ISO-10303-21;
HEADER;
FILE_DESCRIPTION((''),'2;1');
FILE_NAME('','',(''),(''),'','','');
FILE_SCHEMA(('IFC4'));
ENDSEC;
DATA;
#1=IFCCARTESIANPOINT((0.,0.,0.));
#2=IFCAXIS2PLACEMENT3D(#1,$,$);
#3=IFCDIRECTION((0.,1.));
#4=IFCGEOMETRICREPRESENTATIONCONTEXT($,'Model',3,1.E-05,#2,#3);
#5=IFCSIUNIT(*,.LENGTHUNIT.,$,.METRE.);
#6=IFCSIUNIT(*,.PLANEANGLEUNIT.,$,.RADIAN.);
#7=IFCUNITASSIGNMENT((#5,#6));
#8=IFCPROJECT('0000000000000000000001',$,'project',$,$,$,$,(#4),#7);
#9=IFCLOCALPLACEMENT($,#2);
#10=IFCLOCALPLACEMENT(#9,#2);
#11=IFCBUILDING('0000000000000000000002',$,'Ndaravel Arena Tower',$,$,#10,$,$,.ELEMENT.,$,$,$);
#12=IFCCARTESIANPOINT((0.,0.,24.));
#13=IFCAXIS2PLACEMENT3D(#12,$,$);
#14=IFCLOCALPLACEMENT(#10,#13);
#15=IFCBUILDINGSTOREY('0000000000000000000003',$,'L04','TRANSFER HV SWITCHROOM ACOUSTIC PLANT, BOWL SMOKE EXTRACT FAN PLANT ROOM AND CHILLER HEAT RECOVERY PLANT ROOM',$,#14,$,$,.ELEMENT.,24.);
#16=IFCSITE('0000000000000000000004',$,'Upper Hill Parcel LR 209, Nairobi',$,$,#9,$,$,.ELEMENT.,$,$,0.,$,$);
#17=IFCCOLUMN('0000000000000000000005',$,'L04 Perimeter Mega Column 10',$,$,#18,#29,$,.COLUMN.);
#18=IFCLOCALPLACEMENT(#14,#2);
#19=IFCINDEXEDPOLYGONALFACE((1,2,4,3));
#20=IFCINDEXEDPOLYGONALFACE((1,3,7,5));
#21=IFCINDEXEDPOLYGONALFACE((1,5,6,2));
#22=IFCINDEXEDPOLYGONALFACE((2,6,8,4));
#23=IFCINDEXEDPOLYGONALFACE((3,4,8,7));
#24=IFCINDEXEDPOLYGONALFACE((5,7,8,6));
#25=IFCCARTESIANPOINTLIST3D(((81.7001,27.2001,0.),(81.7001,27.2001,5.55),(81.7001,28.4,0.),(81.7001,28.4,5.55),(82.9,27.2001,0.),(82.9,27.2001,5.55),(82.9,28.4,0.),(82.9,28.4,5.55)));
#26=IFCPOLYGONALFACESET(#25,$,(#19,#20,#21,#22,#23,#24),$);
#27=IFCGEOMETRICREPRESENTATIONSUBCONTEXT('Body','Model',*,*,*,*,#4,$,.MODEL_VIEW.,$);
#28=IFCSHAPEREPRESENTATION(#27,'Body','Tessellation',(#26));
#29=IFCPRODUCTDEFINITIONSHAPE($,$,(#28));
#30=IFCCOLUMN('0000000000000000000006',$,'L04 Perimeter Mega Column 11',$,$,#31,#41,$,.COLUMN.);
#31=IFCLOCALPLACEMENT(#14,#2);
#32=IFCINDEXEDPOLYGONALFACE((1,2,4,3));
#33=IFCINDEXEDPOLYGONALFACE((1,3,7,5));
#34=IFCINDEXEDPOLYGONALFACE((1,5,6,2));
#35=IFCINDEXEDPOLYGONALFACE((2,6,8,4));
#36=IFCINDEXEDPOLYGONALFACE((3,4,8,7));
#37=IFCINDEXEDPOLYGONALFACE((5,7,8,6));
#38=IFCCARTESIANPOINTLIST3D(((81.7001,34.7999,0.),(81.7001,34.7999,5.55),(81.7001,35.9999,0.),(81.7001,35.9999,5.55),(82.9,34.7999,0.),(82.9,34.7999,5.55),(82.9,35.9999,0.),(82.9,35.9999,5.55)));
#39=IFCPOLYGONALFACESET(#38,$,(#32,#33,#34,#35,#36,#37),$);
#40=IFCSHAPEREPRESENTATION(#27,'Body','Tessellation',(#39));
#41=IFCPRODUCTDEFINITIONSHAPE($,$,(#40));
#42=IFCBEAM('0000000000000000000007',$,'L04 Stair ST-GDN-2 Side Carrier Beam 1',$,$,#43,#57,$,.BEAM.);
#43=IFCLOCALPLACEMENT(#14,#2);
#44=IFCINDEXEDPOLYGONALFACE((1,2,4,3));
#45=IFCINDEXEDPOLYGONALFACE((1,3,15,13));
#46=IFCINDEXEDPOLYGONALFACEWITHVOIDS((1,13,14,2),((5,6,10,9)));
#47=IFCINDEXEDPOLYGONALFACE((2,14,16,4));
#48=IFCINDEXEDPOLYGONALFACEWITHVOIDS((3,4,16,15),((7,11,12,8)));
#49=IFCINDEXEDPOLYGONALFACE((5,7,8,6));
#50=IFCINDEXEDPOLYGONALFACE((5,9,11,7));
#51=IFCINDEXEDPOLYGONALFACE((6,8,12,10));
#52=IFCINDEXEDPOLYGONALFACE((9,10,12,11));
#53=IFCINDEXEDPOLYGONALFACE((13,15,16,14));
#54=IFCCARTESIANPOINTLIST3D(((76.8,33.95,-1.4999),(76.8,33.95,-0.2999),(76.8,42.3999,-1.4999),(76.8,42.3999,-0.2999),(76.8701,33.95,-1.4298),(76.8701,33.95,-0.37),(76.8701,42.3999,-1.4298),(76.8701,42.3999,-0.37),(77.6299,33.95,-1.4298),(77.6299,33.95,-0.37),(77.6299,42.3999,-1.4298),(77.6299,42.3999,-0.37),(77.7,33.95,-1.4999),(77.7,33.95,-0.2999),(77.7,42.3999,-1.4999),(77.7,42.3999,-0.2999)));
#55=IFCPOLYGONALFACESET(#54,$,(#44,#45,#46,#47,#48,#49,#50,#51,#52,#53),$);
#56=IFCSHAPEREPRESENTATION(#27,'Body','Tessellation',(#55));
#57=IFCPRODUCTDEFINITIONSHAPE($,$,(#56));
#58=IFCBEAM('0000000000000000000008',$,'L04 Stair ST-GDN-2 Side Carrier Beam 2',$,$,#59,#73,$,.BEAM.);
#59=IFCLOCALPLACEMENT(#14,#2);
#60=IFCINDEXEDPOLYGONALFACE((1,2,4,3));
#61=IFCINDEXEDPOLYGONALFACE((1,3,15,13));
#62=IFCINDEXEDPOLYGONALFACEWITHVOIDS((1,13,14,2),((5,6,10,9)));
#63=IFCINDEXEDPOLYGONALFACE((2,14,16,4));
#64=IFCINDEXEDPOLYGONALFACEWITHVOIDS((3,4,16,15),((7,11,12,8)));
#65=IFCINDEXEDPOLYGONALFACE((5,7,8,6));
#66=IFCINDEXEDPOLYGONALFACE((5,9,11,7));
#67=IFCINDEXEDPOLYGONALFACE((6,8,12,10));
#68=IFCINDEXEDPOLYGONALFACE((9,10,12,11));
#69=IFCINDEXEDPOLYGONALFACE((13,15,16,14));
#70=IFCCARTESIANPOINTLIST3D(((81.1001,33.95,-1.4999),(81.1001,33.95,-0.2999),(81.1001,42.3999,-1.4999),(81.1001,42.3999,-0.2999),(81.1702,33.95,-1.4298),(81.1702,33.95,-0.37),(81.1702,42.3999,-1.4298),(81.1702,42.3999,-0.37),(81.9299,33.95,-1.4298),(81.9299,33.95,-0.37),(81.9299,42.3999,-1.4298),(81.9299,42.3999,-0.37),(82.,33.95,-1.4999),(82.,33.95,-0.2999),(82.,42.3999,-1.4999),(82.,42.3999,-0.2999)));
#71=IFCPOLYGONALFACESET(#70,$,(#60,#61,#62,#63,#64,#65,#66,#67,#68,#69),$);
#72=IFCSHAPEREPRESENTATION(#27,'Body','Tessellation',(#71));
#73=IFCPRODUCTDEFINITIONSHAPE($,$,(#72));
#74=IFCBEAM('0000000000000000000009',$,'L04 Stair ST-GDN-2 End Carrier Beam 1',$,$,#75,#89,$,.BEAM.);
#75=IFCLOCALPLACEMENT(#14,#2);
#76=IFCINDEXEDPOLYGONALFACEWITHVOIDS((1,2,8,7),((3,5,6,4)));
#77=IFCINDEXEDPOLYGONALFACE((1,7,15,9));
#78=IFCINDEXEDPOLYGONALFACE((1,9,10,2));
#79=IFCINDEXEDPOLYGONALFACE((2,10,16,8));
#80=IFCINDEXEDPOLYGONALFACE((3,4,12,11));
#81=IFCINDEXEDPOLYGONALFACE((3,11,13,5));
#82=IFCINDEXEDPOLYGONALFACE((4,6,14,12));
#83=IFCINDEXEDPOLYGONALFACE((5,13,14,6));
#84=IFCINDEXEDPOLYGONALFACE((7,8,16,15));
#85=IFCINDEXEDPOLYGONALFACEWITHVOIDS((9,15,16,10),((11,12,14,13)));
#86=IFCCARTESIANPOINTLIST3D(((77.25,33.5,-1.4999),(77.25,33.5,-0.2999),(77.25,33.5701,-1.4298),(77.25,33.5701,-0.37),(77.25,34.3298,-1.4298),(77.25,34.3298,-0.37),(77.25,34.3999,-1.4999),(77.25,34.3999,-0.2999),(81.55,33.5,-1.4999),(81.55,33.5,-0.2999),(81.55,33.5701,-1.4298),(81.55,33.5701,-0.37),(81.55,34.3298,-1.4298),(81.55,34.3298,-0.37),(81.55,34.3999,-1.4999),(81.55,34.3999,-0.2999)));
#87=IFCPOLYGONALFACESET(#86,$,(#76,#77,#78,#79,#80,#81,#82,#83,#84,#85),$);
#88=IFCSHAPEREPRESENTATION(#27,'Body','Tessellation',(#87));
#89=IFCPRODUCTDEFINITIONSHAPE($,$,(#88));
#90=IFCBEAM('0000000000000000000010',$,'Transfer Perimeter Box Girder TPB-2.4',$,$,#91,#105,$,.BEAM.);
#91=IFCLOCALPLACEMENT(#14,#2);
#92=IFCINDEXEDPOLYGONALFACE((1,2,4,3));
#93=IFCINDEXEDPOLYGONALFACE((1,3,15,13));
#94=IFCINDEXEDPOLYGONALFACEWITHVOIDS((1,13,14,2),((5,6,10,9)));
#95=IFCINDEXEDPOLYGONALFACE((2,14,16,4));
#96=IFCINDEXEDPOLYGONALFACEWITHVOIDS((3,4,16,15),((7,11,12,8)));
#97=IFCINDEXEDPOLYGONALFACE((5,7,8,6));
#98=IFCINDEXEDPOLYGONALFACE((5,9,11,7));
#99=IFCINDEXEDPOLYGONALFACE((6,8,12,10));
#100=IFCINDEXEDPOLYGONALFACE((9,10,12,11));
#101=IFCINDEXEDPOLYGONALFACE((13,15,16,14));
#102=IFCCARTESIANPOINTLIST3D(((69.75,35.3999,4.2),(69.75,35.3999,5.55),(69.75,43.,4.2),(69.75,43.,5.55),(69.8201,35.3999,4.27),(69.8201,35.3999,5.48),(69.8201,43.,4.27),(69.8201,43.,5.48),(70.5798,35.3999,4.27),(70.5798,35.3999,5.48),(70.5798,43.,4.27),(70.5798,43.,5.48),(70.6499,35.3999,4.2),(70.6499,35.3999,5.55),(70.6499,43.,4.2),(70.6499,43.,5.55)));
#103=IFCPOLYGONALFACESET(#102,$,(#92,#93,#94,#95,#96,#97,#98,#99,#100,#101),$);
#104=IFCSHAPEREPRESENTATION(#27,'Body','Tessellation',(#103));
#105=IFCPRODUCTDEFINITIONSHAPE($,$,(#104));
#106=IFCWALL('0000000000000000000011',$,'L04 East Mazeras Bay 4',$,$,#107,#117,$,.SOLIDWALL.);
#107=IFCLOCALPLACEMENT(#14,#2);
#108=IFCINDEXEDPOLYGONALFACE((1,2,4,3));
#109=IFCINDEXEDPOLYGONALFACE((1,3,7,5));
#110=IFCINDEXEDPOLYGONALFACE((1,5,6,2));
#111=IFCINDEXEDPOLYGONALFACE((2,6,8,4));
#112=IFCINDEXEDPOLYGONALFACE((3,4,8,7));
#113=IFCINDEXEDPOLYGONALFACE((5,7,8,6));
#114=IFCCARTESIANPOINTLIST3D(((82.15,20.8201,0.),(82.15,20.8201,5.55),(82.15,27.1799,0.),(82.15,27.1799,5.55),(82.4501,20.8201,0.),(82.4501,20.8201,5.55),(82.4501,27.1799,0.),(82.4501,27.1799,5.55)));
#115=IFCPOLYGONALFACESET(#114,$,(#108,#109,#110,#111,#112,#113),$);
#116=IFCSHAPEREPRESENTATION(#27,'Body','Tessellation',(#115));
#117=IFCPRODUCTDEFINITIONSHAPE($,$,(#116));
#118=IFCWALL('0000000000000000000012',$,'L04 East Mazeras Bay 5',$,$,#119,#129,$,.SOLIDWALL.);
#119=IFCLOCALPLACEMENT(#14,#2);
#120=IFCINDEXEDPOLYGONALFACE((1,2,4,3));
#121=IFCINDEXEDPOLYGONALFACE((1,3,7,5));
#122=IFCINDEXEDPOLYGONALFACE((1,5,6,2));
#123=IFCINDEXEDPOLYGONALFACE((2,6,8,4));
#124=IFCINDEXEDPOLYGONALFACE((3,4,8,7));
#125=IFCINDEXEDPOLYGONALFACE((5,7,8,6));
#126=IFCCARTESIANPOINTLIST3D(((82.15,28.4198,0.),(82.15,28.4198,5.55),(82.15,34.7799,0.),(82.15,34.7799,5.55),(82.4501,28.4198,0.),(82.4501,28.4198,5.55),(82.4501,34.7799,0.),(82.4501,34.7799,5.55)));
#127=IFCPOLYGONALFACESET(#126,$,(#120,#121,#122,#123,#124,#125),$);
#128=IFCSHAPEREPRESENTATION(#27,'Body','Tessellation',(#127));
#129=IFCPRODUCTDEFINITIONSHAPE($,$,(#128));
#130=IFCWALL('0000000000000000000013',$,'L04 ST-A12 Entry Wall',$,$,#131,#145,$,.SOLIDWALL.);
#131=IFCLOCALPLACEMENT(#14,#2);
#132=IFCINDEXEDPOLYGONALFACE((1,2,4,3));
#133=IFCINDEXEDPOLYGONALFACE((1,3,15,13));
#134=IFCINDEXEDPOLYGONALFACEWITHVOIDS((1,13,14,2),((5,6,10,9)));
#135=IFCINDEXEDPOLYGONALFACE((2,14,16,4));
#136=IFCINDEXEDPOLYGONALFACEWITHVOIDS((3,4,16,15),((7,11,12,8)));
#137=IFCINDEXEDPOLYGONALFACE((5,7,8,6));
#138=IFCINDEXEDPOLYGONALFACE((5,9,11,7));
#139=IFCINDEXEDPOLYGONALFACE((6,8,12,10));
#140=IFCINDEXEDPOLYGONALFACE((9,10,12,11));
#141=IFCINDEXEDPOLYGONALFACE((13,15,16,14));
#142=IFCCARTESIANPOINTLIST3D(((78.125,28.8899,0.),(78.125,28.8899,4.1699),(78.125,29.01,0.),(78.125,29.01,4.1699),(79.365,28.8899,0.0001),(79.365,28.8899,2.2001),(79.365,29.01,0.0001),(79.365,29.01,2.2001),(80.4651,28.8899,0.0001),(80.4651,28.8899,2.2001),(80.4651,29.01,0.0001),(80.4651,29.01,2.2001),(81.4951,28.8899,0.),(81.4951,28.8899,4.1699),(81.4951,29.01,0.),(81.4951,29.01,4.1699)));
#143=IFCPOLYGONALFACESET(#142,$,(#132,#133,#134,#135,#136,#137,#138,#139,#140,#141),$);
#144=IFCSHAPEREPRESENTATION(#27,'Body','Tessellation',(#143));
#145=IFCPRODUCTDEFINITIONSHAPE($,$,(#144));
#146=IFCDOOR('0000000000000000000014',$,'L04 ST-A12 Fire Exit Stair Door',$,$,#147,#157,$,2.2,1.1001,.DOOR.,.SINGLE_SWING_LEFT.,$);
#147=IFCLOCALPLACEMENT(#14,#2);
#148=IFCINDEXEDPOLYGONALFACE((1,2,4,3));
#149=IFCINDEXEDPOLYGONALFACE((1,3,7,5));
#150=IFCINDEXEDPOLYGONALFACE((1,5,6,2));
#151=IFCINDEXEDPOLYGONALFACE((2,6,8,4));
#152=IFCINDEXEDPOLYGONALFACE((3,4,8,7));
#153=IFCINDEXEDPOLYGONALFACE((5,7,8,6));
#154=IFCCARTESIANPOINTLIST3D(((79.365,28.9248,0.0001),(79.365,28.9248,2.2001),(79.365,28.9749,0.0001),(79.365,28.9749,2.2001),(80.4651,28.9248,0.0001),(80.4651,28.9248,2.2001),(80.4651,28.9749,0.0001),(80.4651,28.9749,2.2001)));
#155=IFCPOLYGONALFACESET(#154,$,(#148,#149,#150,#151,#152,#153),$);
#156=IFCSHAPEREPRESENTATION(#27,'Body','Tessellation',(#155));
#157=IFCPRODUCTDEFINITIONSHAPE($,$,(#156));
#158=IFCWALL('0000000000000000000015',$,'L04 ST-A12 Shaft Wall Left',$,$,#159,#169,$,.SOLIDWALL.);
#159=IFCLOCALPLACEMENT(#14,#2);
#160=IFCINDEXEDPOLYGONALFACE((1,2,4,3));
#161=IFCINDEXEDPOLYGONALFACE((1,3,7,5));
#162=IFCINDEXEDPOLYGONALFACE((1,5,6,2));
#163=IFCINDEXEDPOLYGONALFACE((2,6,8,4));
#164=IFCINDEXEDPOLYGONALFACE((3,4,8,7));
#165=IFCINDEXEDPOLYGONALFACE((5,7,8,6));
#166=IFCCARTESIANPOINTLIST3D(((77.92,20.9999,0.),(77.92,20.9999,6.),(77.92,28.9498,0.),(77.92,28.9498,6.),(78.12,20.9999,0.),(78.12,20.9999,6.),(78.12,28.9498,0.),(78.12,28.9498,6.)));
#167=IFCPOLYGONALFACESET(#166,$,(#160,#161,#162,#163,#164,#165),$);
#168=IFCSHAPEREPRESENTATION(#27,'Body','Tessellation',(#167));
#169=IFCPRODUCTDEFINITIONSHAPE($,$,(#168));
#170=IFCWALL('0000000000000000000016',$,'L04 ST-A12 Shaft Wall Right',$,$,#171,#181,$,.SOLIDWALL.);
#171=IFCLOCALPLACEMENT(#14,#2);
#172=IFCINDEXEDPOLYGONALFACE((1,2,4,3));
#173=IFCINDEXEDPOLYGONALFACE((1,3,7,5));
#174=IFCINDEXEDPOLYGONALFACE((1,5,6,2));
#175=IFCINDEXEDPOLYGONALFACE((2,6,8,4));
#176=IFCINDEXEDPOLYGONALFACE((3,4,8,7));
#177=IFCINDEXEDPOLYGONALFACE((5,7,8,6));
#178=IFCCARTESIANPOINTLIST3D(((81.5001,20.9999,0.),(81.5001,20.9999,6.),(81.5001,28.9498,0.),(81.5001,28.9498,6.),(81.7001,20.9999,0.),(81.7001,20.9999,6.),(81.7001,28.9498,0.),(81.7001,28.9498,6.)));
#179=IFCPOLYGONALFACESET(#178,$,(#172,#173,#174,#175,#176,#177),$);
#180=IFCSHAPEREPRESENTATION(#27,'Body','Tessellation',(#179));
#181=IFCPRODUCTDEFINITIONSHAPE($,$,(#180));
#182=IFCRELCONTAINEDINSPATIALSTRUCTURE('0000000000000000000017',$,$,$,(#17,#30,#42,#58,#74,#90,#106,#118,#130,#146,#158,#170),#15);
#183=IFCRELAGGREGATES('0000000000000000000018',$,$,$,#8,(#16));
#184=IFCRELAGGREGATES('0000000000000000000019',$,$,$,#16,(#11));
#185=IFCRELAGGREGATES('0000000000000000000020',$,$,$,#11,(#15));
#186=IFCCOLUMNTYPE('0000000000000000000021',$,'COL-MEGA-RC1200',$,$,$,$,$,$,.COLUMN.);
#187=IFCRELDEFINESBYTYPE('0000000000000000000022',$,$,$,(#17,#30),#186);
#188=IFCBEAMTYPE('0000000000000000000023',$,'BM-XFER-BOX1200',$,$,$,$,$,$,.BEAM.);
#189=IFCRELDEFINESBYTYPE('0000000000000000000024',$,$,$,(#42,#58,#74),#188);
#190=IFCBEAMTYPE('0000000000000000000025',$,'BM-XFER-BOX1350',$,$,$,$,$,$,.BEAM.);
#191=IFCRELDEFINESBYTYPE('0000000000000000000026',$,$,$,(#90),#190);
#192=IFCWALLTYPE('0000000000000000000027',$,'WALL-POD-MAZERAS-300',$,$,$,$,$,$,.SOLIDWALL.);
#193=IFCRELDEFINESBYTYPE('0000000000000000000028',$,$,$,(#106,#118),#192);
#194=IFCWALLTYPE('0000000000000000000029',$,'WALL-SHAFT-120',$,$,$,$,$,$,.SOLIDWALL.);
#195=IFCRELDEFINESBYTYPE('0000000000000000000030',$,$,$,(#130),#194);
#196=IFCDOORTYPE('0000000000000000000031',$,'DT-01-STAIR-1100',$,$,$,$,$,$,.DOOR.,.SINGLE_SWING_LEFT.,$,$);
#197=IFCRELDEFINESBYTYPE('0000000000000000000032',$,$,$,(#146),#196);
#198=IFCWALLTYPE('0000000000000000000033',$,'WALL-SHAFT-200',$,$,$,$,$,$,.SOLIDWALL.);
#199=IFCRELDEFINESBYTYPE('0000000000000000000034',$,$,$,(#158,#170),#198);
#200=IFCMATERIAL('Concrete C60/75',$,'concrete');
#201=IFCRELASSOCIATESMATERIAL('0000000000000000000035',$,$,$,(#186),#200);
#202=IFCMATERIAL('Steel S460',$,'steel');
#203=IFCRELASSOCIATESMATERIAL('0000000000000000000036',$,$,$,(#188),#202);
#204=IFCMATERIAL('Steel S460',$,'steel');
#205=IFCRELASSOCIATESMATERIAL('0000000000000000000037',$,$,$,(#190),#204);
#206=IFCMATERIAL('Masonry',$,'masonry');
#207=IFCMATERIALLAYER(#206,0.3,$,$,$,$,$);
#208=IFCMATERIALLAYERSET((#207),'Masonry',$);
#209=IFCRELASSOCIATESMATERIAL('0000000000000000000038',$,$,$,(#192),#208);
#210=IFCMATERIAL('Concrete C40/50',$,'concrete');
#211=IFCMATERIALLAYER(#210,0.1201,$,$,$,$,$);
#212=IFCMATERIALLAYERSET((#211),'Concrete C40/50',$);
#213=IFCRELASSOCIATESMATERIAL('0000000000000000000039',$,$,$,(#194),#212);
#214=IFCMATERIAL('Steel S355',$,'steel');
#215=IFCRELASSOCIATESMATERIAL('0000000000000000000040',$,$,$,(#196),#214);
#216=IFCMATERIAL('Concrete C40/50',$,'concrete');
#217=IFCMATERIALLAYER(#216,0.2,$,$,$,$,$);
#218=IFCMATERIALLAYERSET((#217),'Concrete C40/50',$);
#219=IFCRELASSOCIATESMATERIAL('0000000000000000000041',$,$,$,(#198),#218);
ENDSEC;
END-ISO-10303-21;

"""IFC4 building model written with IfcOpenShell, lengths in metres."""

from ifc_helpers import new_model, si_unit, direction, frame, frame_2d, origin, origin_2d, place, context, subcontext, project, spatial, rectangle, hollow_rectangle, extrude, material, layer, layer_set, material_profile, profile_set, type_object, element, fill, save


model = new_model("IFC4")

# Units and contexts
model_context = context("Model", 3, precision=1e-05, world=origin(), true_north=direction((0.0, 1.0)))
body_context = subcontext(model_context, "Body", "Model", "MODEL_VIEW")
ifc_project = project(units=[si_unit("LENGTHUNIT", "METRE"), si_unit("PLANEANGLEUNIT", "RADIAN")], contexts=[model_context])

# Site, building, storey
site_placement = place(None, origin())
site = spatial("IfcSite", under=ifc_project, at=site_placement, Name="Upper Hill Parcel LR 209, Nairobi", CompositionType="ELEMENT", RefElevation=0.0)
building_placement = place(site_placement, origin())
building = spatial("IfcBuilding", under=site, at=building_placement, Name="Ndaravel Arena Tower", CompositionType="ELEMENT")
storey_placement = place(building_placement, frame((0.0, 0.0, 24.0)))
storey = spatial("IfcBuildingStorey", under=building, at=storey_placement, Name="L04", Description="TRANSFER HV SWITCHROOM ACOUSTIC PLANT, BOWL SMOKE EXTRACT FAN PLANT ROOM AND CHILLER HEAT RECOVERY PLANT ROOM", CompositionType="ELEMENT", Elevation=24.0)

# Columns
ifc_material_1 = material(Name="Concrete C60/75", Category="concrete")
ifc_material_profile_1 = material_profile(ifc_material_1, rectangle(XDim=1.2, YDim=1.2, at=origin_2d()), Name="RC 1200x1200")
ifc_profile_set_1 = profile_set([ifc_material_profile_1], Name="Concrete C60/75")
column_type = type_object("IfcColumnType", Name="COL-MEGA-RC1200", PredefinedType="COLUMN", material=ifc_profile_set_1)
for number, where, z_axis, x_axis, name in (
    (1, (82.3, 27.8, 0.0), (0.0, 0.0, 1.0), (1.0, 0.0, 0.0), "L04 Perimeter Mega Column 10"),
    (2, (82.3, 35.3999, 0.0), (0.0, 0.0, 1.0), (1.0, 0.0, 0.0), "L04 Perimeter Mega Column 11"),
):
    element("IfcColumn", number, at=place(storey_placement, frame(where, z_axis=z_axis, x_axis=x_axis)), inside=storey, type_object=column_type, Name=name, PredefinedType="COLUMN", context=body_context, shape_type="SweptSolid", body=[
        extrude(rectangle(XDim=1.2, YDim=1.2, at=origin_2d()), origin(), (0.0, 0.0, 1.0), 5.55),
    ])

# Beams
ifc_material_2 = material(Name="Steel S460", Category="steel")
ifc_material_profile_2 = material_profile(ifc_material_2, hollow_rectangle(XDim=0.8999, YDim=1.2, WallThickness=0.0701, at=origin_2d()), Name="BOX 1200x900x70")
ifc_profile_set_2 = profile_set([ifc_material_profile_2], Name="Steel S460")
beam_type_1 = type_object("IfcBeamType", Name="BM-XFER-BOX1200", PredefinedType="BEAM", material=ifc_profile_set_2)
for number, where, z_axis, x_axis, name in (
    (3, (77.25, 33.95, -0.8999), (0.0, 1.0, 0.0), (-1.0, 0.0, 0.0), "L04 Stair ST-GDN-2 Side Carrier Beam 1"),
    (4, (81.55, 33.95, -0.8999), (0.0, 1.0, 0.0), (-1.0, 0.0, 0.0), "L04 Stair ST-GDN-2 Side Carrier Beam 2"),
):
    element("IfcBeam", number, at=place(storey_placement, frame(where, z_axis=z_axis, x_axis=x_axis)), inside=storey, type_object=beam_type_1, Name=name, PredefinedType="BEAM", context=body_context, shape_type="SweptSolid", body=[
        extrude(hollow_rectangle(XDim=0.8999, YDim=1.2, WallThickness=0.0701, at=origin_2d()), origin(), (0.0, 0.0, 1.0), 8.45),
    ])
beam_1_placement = place(storey_placement, frame((77.25, 33.95, -0.8999), z_axis=(1.0, 0.0, 0.0), x_axis=(0.0, 1.0, 0.0)))
element("IfcBeam", 5, at=beam_1_placement, inside=storey, type_object=beam_type_1, Name="L04 Stair ST-GDN-2 End Carrier Beam 1", PredefinedType="BEAM", context=body_context, shape_type="SweptSolid", body=[
    extrude(hollow_rectangle(XDim=0.8999, YDim=1.2, WallThickness=0.0701, at=origin_2d()), origin(), (0.0, 0.0, 1.0), 4.3),
])
ifc_material_3 = material(Name="Steel S460", Category="steel")
ifc_material_profile_3 = material_profile(ifc_material_3, hollow_rectangle(XDim=0.8999, YDim=1.3501, WallThickness=0.0701, at=origin_2d()), Name="BOX 1350x900x70")
ifc_profile_set_3 = profile_set([ifc_material_profile_3], Name="Steel S460")
beam_type_2 = type_object("IfcBeamType", Name="BM-XFER-BOX1350", PredefinedType="BEAM", material=ifc_profile_set_3)
beam_2_placement = place(storey_placement, frame((70.2, 35.3999, 4.875), z_axis=(0.0, 1.0, 0.0), x_axis=(-1.0, 0.0, 0.0)))
element("IfcBeam", 6, at=beam_2_placement, inside=storey, type_object=beam_type_2, Name="Transfer Perimeter Box Girder TPB-2.4", PredefinedType="BEAM", context=body_context, shape_type="SweptSolid", body=[
    extrude(hollow_rectangle(XDim=0.8999, YDim=1.3501, WallThickness=0.0701, at=origin_2d()), origin(), (0.0, 0.0, 1.0), 7.6001),
])

# Walls
ifc_material_4 = material(Name="Masonry", Category="masonry")
ifc_layer_1 = layer(ifc_material_4, 0.3)
ifc_layer_set_1 = layer_set([ifc_layer_1], Name="Masonry")
wall_type_1 = type_object("IfcWallType", Name="WALL-POD-MAZERAS-300", PredefinedType="SOLIDWALL", material=ifc_layer_set_1)
wall_1_placement = place(storey_placement, frame((82.3, 27.1799, 0.0), z_axis=(0.0, 0.0, 1.0), x_axis=(0.0, -1.0, 0.0)))
element("IfcWall", 7, at=wall_1_placement, inside=storey, type_object=wall_type_1, Name="L04 East Mazeras Bay 4", PredefinedType="SOLIDWALL", context=body_context, shape_type="SweptSolid", body=[
    extrude(rectangle(XDim=6.3599, YDim=0.3, at=frame_2d((3.1799, 0.0))), origin(), (0.0, 0.0, 1.0), 5.55),
])
wall_2_placement = place(storey_placement, frame((82.3, 34.78, 0.0), z_axis=(0.0, 0.0, 1.0), x_axis=(0.0, -1.0, 0.0)))
element("IfcWall", 8, at=wall_2_placement, inside=storey, type_object=wall_type_1, Name="L04 East Mazeras Bay 5", PredefinedType="SOLIDWALL", context=body_context, shape_type="SweptSolid", body=[
    extrude(rectangle(XDim=6.3601, YDim=0.3, at=frame_2d((3.1802, 0.0))), origin(), (0.0, 0.0, 1.0), 5.55),
])

# Wall, opening, door
ifc_material_5 = material(Name="Concrete C40/50", Category="concrete")
ifc_layer_2 = layer(ifc_material_5, 0.1201)
ifc_layer_set_2 = layer_set([ifc_layer_2], Name="Concrete C40/50")
wall_type_2 = type_object("IfcWallType", Name="WALL-SHAFT-120", PredefinedType="SOLIDWALL", material=ifc_layer_set_2)
wall_3_placement = place(storey_placement, frame((78.125, 28.95, 0.0), z_axis=(0.0, 0.0, 1.0), x_axis=(1.0, 0.0, 0.0)))
wall_3 = element("IfcWall", 9, at=wall_3_placement, inside=storey, type_object=wall_type_2, Name="L04 ST-A12 Entry Wall", PredefinedType="SOLIDWALL", context=body_context, shape_type="SweptSolid", body=[
    extrude(rectangle(XDim=3.3701, YDim=0.1201, at=frame_2d((1.6851, 0.0))), origin(), (0.0, 0.0, 1.0), 4.1699),
])
opening_placement = place(wall_3_placement, frame((1.24, 0.0, 0.0)))
opening = element("IfcOpeningElement", 10, at=opening_placement, cuts=wall_3, PredefinedType="OPENING", context=body_context, shape_type="SweptSolid", body=[
    extrude(rectangle(XDim=1.1001, YDim=2.2, at=frame_2d((0.55, 1.1001))), frame((0.0, 0.0601, 0.0), z_axis=(0.0, -1.0, 0.0), x_axis=(1.0, 0.0, 0.0)), (0.0, 0.0, 1.0), 0.1201),
])
ifc_material_6 = material(Name="Steel S355", Category="steel")
door_type = type_object("IfcDoorType", Name="DT-01-STAIR-1100", OperationType="SINGLE_SWING_LEFT", PredefinedType="DOOR", material=ifc_material_6)
door_placement = place(opening_placement, origin())
door = element("IfcDoor", 11, at=door_placement, inside=storey, type_object=door_type, Name="L04 ST-A12 Fire Exit Stair Door", OperationType="SINGLE_SWING_LEFT", OverallHeight=2.2, OverallWidth=1.1001, PredefinedType="DOOR", context=body_context, shape_type="SweptSolid", body=[
    extrude(rectangle(XDim=1.1001, YDim=2.2, at=frame_2d((0.55, 1.1001))), frame((0.0, 0.0249, 0.0), z_axis=(0.0, -1.0, 0.0), x_axis=(1.0, 0.0, 0.0)), (0.0, 0.0, 1.0), 0.05),
])
fill(opening, door)

# Walls
ifc_material_7 = material(Name="Concrete C40/50", Category="concrete")
ifc_layer_3 = layer(ifc_material_7, 0.2)
ifc_layer_set_3 = layer_set([ifc_layer_3], Name="Concrete C40/50")
wall_type_3 = type_object("IfcWallType", Name="WALL-SHAFT-200", PredefinedType="SOLIDWALL", material=ifc_layer_set_3)
for number, where, z_axis, x_axis, name in (
    (12, (78.02, 28.95, 0.0), (0.0, 0.0, 1.0), (0.0, -1.0, 0.0), "L04 ST-A12 Shaft Wall Left"),
    (13, (81.6001, 28.95, 0.0), (0.0, 0.0, 1.0), (0.0, -1.0, 0.0), "L04 ST-A12 Shaft Wall Right"),
):
    element("IfcWall", number, at=place(storey_placement, frame(where, z_axis=z_axis, x_axis=x_axis)), inside=storey, type_object=wall_type_3, Name=name, PredefinedType="SOLIDWALL", context=body_context, shape_type="SweptSolid", body=[
        extrude(rectangle(XDim=7.95, YDim=0.2, at=frame_2d((3.9751, 0.0))), origin(), (0.0, 0.0, 1.0), 6.0),
    ])

save(model, "model.ifc")
